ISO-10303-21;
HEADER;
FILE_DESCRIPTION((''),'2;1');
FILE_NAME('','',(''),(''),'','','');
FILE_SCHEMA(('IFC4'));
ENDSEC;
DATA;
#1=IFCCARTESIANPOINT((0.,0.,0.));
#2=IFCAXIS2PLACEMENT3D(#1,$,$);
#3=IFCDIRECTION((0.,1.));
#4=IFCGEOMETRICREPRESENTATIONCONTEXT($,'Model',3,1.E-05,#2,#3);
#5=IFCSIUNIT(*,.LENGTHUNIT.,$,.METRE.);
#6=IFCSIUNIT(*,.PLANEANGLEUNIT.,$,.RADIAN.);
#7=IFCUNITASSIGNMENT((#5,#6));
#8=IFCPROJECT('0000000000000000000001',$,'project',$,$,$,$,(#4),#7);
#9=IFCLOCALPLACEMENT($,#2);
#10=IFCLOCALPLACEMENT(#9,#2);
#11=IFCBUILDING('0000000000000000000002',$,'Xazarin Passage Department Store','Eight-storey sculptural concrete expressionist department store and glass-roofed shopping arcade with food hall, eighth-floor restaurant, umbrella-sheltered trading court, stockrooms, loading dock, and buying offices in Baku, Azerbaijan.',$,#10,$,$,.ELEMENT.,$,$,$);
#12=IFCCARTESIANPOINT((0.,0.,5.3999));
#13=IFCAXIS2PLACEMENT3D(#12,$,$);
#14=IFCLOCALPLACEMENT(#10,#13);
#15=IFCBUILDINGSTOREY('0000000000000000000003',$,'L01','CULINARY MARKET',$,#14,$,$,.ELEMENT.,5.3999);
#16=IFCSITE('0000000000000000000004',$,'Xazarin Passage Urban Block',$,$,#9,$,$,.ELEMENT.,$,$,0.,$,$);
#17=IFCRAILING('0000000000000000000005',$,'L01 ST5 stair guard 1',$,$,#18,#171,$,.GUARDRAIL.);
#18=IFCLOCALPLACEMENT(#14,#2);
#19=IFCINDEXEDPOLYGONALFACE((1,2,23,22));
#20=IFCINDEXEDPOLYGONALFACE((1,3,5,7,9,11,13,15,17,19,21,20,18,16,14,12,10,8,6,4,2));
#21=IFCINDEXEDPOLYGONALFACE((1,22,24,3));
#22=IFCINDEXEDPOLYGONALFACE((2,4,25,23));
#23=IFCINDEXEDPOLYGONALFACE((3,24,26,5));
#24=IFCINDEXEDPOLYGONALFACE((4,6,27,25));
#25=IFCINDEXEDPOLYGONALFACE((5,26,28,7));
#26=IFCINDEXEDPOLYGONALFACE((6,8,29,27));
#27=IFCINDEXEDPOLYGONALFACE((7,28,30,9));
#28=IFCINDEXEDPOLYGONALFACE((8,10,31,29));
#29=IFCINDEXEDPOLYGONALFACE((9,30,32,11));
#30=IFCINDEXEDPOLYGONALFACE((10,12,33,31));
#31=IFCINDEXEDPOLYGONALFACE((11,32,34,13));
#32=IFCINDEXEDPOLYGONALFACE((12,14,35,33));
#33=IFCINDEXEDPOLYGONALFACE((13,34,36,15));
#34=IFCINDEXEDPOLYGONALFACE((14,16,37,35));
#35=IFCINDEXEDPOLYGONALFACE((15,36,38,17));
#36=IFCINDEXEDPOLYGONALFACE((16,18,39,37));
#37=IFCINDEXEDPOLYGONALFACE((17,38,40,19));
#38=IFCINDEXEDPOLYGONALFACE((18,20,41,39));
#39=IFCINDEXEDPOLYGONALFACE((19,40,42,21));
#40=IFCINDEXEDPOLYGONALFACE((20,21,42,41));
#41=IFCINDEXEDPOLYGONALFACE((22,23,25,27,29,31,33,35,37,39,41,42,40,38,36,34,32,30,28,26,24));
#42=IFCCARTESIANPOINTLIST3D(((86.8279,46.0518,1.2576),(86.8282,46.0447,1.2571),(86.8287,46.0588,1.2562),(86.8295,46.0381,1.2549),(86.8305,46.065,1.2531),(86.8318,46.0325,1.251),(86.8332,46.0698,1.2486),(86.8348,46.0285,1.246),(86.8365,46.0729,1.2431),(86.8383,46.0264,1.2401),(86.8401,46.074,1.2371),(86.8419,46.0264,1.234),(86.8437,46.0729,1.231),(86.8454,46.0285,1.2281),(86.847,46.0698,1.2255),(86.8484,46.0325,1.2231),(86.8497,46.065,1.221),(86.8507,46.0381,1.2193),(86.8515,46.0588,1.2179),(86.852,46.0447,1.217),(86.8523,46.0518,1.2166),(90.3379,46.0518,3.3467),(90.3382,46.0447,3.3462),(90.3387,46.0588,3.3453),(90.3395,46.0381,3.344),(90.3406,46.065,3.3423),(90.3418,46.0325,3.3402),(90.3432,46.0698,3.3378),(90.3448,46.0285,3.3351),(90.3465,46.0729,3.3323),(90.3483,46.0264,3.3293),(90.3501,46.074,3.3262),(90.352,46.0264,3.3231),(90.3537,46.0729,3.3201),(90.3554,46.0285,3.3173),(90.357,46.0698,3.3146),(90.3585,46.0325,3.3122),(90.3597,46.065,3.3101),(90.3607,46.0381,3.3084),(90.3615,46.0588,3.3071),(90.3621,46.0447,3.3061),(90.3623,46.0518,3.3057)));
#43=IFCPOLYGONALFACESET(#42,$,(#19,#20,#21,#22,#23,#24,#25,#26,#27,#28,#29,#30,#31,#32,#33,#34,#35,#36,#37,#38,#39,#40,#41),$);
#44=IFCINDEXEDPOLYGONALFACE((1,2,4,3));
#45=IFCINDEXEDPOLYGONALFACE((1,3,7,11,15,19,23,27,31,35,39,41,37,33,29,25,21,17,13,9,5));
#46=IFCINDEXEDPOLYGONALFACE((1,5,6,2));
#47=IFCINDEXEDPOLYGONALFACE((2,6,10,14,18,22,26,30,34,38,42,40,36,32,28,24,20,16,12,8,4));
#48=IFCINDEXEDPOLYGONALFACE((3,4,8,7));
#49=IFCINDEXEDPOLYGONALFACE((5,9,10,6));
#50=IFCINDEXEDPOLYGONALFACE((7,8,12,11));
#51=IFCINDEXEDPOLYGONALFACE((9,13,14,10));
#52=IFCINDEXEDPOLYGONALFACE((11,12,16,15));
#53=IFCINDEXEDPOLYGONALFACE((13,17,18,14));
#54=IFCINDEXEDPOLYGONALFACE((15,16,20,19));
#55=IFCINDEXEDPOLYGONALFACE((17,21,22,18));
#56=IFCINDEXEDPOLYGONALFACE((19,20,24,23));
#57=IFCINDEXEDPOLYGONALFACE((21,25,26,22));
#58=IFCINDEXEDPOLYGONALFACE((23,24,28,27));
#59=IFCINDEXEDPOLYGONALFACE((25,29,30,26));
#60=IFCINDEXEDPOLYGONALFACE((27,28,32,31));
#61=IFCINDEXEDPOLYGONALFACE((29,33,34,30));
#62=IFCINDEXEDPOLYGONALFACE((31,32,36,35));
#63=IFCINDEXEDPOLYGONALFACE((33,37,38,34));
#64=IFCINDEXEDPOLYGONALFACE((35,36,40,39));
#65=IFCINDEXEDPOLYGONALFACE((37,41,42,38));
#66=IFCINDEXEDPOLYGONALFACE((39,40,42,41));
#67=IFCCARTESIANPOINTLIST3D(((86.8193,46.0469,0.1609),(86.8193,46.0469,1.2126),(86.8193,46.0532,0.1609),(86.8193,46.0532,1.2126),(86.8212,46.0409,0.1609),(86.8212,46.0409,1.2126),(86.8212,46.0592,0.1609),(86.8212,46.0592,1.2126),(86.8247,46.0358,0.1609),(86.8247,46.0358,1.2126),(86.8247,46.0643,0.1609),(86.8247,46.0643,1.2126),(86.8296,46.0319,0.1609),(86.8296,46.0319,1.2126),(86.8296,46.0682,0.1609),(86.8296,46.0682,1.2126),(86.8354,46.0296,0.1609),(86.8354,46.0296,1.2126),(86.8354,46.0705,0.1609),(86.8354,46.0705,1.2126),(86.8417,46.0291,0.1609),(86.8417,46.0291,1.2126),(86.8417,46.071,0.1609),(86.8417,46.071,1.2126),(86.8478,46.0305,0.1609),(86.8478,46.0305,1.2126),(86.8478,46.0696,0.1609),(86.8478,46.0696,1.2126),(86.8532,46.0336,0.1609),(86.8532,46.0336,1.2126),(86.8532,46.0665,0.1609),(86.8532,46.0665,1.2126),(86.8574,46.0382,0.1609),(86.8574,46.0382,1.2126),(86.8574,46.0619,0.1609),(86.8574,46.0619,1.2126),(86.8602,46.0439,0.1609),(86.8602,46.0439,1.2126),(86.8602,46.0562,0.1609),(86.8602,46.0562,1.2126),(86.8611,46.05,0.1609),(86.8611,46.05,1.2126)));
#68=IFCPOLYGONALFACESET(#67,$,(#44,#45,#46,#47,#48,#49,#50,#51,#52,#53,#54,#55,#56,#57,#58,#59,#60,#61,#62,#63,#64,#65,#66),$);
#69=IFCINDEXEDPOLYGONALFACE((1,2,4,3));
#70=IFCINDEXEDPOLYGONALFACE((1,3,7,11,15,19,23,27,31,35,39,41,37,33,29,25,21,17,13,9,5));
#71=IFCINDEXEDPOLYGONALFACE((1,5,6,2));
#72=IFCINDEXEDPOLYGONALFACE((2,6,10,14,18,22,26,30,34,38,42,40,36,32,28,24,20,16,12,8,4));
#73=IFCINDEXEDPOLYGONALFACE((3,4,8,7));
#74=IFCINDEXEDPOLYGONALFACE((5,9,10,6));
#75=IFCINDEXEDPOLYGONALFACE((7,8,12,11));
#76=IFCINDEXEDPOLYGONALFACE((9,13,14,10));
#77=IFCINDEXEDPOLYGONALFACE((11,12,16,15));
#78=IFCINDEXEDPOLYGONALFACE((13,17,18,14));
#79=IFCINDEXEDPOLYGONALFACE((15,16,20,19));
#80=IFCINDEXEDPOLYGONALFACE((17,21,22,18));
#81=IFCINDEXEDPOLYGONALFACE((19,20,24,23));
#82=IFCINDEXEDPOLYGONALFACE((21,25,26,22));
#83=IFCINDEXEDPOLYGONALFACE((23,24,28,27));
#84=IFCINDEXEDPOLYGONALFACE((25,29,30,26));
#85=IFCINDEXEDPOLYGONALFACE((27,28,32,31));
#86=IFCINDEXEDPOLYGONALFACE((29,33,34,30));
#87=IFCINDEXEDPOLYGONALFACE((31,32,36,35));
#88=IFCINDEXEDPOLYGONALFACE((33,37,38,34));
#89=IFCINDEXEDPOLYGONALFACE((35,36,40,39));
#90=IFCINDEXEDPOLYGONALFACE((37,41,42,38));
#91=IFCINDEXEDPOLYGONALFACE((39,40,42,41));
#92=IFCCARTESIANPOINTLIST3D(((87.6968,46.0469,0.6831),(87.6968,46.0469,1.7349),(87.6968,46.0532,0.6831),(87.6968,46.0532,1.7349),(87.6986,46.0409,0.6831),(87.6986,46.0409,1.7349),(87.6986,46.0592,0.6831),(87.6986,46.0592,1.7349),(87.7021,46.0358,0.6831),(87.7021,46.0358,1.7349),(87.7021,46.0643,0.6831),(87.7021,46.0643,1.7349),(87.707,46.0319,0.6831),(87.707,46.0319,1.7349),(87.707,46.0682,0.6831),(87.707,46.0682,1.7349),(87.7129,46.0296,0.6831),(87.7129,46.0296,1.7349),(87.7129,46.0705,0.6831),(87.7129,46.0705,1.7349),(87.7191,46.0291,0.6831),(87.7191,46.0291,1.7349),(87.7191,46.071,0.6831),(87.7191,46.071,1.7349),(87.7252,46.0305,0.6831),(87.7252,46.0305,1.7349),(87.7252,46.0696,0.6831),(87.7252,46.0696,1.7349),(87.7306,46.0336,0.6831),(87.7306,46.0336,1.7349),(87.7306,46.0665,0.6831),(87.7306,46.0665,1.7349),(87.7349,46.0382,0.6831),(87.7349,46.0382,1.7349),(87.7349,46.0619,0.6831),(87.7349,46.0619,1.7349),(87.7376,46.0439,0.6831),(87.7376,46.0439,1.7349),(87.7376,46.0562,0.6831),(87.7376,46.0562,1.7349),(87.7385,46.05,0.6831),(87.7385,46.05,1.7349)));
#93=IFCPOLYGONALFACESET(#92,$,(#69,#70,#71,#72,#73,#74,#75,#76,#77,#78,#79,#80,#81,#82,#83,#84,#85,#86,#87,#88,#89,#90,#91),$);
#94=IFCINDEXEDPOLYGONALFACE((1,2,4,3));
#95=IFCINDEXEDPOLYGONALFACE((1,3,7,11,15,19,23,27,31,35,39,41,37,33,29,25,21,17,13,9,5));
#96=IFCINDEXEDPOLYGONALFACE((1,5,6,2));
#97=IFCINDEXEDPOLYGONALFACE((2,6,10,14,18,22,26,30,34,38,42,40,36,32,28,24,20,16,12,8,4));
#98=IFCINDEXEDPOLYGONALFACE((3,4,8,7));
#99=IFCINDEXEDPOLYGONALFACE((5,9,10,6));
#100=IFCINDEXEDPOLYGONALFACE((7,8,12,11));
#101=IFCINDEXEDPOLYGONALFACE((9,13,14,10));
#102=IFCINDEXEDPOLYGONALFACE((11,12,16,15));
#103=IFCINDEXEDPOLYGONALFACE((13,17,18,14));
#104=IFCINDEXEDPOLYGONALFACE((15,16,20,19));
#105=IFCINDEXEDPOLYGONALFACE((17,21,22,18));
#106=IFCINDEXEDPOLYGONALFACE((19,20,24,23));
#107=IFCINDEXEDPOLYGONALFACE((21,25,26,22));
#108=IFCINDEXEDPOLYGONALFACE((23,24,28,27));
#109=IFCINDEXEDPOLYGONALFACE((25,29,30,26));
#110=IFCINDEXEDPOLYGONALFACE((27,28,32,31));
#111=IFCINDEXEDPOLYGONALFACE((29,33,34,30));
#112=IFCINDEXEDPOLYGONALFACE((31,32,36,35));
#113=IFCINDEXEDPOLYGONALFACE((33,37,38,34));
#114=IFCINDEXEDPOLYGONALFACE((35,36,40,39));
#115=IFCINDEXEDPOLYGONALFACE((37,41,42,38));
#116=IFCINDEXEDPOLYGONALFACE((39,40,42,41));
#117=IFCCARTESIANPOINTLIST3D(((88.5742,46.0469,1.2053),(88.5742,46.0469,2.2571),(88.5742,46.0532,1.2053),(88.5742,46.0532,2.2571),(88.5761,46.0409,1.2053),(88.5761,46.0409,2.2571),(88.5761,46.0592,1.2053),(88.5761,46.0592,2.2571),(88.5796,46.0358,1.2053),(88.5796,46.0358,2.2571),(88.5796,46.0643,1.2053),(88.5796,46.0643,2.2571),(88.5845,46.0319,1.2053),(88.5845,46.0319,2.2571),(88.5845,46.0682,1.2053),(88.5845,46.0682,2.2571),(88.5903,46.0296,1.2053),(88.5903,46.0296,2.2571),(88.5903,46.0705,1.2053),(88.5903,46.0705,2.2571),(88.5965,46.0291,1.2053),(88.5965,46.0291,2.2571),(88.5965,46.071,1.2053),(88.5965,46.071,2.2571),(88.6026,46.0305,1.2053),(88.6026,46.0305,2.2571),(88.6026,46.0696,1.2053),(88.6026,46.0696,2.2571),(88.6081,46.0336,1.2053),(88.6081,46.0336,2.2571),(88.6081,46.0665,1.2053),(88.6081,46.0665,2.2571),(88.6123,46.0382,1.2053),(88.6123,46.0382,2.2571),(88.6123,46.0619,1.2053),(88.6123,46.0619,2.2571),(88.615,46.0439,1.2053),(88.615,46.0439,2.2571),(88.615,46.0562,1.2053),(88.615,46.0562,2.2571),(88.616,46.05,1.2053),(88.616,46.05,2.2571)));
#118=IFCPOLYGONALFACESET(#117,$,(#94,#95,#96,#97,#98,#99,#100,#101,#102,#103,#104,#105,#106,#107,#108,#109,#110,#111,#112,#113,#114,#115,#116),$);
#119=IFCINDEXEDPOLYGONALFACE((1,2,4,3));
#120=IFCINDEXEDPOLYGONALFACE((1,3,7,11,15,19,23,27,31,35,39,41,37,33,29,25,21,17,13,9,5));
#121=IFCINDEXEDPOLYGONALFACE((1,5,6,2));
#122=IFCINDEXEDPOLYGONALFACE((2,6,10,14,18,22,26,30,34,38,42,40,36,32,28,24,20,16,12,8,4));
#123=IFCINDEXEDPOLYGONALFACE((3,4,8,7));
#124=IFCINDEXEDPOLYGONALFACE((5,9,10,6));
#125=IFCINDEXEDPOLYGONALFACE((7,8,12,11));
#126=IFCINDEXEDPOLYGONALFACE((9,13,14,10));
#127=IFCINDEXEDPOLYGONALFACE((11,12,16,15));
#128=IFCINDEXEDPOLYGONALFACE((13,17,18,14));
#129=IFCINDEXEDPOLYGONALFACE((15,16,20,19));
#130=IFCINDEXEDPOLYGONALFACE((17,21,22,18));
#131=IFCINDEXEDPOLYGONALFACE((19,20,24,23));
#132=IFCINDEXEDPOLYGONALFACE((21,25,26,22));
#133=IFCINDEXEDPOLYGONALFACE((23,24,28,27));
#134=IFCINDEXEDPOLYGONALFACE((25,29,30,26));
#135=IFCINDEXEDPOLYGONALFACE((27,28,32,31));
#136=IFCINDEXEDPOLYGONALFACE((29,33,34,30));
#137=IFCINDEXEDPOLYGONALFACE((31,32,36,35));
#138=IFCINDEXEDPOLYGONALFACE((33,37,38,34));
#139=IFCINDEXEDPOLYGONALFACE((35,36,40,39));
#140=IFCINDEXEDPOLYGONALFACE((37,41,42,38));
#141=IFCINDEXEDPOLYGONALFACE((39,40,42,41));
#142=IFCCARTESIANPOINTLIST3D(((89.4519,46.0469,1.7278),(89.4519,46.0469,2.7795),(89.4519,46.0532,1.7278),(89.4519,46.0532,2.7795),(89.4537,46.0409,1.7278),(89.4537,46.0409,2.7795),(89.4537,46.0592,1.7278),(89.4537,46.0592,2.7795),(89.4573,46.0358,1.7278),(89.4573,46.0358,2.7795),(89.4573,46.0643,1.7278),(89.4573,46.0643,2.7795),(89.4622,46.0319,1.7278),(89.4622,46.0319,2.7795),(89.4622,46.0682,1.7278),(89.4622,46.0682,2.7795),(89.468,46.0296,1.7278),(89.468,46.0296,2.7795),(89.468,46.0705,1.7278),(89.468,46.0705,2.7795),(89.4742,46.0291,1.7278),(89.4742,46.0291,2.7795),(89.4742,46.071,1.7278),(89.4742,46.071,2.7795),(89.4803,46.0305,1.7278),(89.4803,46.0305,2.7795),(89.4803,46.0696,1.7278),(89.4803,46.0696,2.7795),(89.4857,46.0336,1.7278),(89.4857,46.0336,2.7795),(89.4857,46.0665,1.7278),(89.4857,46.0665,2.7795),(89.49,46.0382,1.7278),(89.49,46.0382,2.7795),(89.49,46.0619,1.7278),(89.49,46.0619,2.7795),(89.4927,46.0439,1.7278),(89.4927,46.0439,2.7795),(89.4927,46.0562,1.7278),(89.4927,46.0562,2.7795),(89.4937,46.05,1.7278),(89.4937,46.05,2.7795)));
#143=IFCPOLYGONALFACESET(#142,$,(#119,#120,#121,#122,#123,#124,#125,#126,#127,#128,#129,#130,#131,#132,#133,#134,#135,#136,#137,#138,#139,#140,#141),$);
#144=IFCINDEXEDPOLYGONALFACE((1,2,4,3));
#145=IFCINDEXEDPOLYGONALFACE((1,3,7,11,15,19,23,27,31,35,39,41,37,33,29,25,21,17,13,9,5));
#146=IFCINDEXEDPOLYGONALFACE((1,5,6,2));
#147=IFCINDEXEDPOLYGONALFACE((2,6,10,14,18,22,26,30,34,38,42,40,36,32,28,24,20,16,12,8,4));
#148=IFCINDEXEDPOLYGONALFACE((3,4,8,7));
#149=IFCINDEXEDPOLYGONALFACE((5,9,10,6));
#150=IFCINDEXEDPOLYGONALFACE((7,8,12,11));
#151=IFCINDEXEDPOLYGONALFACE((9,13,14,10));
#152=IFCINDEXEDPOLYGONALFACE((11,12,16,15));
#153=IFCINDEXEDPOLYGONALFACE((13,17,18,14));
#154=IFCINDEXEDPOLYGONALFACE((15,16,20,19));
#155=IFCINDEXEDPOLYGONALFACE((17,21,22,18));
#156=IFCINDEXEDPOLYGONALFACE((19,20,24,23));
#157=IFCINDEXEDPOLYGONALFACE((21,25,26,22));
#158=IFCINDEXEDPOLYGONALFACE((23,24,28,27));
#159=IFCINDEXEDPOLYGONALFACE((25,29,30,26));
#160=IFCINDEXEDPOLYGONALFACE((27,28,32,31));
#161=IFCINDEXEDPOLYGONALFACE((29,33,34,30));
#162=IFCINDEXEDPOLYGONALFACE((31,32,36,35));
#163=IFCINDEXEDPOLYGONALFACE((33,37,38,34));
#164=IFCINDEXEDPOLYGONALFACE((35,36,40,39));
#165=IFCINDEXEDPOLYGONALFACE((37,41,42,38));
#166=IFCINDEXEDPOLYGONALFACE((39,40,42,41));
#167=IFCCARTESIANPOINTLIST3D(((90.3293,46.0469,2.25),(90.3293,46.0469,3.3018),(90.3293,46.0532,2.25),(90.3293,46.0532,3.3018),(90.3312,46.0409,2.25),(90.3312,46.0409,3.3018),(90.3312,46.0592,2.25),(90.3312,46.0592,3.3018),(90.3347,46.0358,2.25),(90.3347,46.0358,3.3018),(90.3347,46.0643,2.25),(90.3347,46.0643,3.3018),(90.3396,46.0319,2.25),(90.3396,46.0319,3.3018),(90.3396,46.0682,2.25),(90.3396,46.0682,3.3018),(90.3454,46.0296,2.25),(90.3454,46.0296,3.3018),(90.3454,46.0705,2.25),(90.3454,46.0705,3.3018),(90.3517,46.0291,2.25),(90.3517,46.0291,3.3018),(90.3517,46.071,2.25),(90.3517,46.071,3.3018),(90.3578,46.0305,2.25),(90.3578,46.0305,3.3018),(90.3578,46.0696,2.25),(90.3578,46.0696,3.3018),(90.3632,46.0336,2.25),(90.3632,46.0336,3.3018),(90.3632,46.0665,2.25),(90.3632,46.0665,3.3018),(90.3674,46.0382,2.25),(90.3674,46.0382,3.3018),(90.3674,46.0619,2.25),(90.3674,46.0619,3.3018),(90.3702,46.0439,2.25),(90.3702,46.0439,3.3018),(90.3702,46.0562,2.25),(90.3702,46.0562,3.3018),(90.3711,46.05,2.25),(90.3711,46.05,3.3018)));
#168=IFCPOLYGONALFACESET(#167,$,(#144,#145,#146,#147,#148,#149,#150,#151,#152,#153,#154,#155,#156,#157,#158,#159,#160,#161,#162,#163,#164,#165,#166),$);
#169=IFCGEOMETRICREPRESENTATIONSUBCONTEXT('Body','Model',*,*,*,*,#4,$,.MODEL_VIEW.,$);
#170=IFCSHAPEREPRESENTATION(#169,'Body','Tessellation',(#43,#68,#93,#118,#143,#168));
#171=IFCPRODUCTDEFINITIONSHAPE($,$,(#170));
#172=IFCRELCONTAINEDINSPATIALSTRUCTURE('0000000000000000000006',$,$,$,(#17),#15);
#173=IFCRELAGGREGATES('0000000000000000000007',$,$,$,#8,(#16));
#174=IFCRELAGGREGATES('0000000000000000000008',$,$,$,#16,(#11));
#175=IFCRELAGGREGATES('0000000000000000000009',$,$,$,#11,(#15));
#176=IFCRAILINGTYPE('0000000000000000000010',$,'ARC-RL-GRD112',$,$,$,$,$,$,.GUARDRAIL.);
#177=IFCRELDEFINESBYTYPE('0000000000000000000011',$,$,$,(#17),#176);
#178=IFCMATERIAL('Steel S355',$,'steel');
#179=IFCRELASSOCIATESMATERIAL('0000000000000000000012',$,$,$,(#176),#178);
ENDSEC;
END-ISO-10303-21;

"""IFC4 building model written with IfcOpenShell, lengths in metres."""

from ifc_helpers import new_model, si_unit, direction, frame, origin, origin_2d, place, context, subcontext, project, spatial, circle, extrude, material, type_object, element, save


model = new_model("IFC4")

# Units and contexts
model_context = context("Model", 3, precision=1e-05, world=origin(), true_north=direction((0.0, 1.0)))
body_context = subcontext(model_context, "Body", "Model", "MODEL_VIEW")
ifc_project = project(units=[si_unit("LENGTHUNIT", "METRE"), si_unit("PLANEANGLEUNIT", "RADIAN")], contexts=[model_context])

# Site, building, storey
site_placement = place(None, origin())
site = spatial("IfcSite", under=ifc_project, at=site_placement, Name="Xazarin Passage Urban Block", CompositionType="ELEMENT", RefElevation=0.0)
building_placement = place(site_placement, origin())
building = spatial("IfcBuilding", under=site, at=building_placement, Name="Xazarin Passage Department Store", Description="Eight-storey sculptural concrete expressionist department store and glass-roofed shopping arcade with food hall, eighth-floor restaurant, umbrella-sheltered trading court, stockrooms, loading dock, and buying offices in Baku, Azerbaijan.", CompositionType="ELEMENT")
storey_placement = place(building_placement, frame((0.0, 0.0, 5.3999)))
storey = spatial("IfcBuildingStorey", under=building, at=storey_placement, Name="L01", Description="CULINARY MARKET", CompositionType="ELEMENT", Elevation=5.3999)

# Shared definitions
ifc_material_1 = material(Name="Steel S355", Category="steel")

# Railing
railing_type_1 = type_object("IfcRailingType", Name="ARC-RL-GRD112", PredefinedType="GUARDRAIL", material=ifc_material_1)
railing_1_placement = place(storey_placement, frame((86.8401, 46.05, 0.1609)))
element("IfcRailing", 1, at=railing_1_placement, inside=storey, type_object=railing_type_1, Name="L01 ST5 stair guard 1", PredefinedType="GUARDRAIL", context=body_context, shape_type="SweptSolid", body=[
    extrude(circle(Radius=0.0239, at=origin_2d()), frame((0.0, 0.0, 1.0762), z_axis=(0.859312, 0.0, 0.511451), x_axis=(0.0, 1.0, 0.0)), (0.0, 0.0, 1.0), 4.0847),
    extrude(circle(Radius=0.021, at=origin_2d()), origin(), (0.0, 0.0, 1.0), 1.0518),
    extrude(circle(Radius=0.021, at=origin_2d()), frame((0.8774, 0.0, 0.5222)), (0.0, 0.0, 1.0), 1.0518),
    extrude(circle(Radius=0.021, at=origin_2d()), frame((1.7549, 0.0, 1.0444)), (0.0, 0.0, 1.0), 1.0518),
    extrude(circle(Radius=0.021, at=origin_2d()), frame((2.6326, 0.0, 1.5669)), (0.0, 0.0, 1.0), 1.0518),
    extrude(circle(Radius=0.021, at=origin_2d()), frame((3.51, 0.0, 2.0891)), (0.0, 0.0, 1.0), 1.0518),
])

save(model, "model.ifc")
